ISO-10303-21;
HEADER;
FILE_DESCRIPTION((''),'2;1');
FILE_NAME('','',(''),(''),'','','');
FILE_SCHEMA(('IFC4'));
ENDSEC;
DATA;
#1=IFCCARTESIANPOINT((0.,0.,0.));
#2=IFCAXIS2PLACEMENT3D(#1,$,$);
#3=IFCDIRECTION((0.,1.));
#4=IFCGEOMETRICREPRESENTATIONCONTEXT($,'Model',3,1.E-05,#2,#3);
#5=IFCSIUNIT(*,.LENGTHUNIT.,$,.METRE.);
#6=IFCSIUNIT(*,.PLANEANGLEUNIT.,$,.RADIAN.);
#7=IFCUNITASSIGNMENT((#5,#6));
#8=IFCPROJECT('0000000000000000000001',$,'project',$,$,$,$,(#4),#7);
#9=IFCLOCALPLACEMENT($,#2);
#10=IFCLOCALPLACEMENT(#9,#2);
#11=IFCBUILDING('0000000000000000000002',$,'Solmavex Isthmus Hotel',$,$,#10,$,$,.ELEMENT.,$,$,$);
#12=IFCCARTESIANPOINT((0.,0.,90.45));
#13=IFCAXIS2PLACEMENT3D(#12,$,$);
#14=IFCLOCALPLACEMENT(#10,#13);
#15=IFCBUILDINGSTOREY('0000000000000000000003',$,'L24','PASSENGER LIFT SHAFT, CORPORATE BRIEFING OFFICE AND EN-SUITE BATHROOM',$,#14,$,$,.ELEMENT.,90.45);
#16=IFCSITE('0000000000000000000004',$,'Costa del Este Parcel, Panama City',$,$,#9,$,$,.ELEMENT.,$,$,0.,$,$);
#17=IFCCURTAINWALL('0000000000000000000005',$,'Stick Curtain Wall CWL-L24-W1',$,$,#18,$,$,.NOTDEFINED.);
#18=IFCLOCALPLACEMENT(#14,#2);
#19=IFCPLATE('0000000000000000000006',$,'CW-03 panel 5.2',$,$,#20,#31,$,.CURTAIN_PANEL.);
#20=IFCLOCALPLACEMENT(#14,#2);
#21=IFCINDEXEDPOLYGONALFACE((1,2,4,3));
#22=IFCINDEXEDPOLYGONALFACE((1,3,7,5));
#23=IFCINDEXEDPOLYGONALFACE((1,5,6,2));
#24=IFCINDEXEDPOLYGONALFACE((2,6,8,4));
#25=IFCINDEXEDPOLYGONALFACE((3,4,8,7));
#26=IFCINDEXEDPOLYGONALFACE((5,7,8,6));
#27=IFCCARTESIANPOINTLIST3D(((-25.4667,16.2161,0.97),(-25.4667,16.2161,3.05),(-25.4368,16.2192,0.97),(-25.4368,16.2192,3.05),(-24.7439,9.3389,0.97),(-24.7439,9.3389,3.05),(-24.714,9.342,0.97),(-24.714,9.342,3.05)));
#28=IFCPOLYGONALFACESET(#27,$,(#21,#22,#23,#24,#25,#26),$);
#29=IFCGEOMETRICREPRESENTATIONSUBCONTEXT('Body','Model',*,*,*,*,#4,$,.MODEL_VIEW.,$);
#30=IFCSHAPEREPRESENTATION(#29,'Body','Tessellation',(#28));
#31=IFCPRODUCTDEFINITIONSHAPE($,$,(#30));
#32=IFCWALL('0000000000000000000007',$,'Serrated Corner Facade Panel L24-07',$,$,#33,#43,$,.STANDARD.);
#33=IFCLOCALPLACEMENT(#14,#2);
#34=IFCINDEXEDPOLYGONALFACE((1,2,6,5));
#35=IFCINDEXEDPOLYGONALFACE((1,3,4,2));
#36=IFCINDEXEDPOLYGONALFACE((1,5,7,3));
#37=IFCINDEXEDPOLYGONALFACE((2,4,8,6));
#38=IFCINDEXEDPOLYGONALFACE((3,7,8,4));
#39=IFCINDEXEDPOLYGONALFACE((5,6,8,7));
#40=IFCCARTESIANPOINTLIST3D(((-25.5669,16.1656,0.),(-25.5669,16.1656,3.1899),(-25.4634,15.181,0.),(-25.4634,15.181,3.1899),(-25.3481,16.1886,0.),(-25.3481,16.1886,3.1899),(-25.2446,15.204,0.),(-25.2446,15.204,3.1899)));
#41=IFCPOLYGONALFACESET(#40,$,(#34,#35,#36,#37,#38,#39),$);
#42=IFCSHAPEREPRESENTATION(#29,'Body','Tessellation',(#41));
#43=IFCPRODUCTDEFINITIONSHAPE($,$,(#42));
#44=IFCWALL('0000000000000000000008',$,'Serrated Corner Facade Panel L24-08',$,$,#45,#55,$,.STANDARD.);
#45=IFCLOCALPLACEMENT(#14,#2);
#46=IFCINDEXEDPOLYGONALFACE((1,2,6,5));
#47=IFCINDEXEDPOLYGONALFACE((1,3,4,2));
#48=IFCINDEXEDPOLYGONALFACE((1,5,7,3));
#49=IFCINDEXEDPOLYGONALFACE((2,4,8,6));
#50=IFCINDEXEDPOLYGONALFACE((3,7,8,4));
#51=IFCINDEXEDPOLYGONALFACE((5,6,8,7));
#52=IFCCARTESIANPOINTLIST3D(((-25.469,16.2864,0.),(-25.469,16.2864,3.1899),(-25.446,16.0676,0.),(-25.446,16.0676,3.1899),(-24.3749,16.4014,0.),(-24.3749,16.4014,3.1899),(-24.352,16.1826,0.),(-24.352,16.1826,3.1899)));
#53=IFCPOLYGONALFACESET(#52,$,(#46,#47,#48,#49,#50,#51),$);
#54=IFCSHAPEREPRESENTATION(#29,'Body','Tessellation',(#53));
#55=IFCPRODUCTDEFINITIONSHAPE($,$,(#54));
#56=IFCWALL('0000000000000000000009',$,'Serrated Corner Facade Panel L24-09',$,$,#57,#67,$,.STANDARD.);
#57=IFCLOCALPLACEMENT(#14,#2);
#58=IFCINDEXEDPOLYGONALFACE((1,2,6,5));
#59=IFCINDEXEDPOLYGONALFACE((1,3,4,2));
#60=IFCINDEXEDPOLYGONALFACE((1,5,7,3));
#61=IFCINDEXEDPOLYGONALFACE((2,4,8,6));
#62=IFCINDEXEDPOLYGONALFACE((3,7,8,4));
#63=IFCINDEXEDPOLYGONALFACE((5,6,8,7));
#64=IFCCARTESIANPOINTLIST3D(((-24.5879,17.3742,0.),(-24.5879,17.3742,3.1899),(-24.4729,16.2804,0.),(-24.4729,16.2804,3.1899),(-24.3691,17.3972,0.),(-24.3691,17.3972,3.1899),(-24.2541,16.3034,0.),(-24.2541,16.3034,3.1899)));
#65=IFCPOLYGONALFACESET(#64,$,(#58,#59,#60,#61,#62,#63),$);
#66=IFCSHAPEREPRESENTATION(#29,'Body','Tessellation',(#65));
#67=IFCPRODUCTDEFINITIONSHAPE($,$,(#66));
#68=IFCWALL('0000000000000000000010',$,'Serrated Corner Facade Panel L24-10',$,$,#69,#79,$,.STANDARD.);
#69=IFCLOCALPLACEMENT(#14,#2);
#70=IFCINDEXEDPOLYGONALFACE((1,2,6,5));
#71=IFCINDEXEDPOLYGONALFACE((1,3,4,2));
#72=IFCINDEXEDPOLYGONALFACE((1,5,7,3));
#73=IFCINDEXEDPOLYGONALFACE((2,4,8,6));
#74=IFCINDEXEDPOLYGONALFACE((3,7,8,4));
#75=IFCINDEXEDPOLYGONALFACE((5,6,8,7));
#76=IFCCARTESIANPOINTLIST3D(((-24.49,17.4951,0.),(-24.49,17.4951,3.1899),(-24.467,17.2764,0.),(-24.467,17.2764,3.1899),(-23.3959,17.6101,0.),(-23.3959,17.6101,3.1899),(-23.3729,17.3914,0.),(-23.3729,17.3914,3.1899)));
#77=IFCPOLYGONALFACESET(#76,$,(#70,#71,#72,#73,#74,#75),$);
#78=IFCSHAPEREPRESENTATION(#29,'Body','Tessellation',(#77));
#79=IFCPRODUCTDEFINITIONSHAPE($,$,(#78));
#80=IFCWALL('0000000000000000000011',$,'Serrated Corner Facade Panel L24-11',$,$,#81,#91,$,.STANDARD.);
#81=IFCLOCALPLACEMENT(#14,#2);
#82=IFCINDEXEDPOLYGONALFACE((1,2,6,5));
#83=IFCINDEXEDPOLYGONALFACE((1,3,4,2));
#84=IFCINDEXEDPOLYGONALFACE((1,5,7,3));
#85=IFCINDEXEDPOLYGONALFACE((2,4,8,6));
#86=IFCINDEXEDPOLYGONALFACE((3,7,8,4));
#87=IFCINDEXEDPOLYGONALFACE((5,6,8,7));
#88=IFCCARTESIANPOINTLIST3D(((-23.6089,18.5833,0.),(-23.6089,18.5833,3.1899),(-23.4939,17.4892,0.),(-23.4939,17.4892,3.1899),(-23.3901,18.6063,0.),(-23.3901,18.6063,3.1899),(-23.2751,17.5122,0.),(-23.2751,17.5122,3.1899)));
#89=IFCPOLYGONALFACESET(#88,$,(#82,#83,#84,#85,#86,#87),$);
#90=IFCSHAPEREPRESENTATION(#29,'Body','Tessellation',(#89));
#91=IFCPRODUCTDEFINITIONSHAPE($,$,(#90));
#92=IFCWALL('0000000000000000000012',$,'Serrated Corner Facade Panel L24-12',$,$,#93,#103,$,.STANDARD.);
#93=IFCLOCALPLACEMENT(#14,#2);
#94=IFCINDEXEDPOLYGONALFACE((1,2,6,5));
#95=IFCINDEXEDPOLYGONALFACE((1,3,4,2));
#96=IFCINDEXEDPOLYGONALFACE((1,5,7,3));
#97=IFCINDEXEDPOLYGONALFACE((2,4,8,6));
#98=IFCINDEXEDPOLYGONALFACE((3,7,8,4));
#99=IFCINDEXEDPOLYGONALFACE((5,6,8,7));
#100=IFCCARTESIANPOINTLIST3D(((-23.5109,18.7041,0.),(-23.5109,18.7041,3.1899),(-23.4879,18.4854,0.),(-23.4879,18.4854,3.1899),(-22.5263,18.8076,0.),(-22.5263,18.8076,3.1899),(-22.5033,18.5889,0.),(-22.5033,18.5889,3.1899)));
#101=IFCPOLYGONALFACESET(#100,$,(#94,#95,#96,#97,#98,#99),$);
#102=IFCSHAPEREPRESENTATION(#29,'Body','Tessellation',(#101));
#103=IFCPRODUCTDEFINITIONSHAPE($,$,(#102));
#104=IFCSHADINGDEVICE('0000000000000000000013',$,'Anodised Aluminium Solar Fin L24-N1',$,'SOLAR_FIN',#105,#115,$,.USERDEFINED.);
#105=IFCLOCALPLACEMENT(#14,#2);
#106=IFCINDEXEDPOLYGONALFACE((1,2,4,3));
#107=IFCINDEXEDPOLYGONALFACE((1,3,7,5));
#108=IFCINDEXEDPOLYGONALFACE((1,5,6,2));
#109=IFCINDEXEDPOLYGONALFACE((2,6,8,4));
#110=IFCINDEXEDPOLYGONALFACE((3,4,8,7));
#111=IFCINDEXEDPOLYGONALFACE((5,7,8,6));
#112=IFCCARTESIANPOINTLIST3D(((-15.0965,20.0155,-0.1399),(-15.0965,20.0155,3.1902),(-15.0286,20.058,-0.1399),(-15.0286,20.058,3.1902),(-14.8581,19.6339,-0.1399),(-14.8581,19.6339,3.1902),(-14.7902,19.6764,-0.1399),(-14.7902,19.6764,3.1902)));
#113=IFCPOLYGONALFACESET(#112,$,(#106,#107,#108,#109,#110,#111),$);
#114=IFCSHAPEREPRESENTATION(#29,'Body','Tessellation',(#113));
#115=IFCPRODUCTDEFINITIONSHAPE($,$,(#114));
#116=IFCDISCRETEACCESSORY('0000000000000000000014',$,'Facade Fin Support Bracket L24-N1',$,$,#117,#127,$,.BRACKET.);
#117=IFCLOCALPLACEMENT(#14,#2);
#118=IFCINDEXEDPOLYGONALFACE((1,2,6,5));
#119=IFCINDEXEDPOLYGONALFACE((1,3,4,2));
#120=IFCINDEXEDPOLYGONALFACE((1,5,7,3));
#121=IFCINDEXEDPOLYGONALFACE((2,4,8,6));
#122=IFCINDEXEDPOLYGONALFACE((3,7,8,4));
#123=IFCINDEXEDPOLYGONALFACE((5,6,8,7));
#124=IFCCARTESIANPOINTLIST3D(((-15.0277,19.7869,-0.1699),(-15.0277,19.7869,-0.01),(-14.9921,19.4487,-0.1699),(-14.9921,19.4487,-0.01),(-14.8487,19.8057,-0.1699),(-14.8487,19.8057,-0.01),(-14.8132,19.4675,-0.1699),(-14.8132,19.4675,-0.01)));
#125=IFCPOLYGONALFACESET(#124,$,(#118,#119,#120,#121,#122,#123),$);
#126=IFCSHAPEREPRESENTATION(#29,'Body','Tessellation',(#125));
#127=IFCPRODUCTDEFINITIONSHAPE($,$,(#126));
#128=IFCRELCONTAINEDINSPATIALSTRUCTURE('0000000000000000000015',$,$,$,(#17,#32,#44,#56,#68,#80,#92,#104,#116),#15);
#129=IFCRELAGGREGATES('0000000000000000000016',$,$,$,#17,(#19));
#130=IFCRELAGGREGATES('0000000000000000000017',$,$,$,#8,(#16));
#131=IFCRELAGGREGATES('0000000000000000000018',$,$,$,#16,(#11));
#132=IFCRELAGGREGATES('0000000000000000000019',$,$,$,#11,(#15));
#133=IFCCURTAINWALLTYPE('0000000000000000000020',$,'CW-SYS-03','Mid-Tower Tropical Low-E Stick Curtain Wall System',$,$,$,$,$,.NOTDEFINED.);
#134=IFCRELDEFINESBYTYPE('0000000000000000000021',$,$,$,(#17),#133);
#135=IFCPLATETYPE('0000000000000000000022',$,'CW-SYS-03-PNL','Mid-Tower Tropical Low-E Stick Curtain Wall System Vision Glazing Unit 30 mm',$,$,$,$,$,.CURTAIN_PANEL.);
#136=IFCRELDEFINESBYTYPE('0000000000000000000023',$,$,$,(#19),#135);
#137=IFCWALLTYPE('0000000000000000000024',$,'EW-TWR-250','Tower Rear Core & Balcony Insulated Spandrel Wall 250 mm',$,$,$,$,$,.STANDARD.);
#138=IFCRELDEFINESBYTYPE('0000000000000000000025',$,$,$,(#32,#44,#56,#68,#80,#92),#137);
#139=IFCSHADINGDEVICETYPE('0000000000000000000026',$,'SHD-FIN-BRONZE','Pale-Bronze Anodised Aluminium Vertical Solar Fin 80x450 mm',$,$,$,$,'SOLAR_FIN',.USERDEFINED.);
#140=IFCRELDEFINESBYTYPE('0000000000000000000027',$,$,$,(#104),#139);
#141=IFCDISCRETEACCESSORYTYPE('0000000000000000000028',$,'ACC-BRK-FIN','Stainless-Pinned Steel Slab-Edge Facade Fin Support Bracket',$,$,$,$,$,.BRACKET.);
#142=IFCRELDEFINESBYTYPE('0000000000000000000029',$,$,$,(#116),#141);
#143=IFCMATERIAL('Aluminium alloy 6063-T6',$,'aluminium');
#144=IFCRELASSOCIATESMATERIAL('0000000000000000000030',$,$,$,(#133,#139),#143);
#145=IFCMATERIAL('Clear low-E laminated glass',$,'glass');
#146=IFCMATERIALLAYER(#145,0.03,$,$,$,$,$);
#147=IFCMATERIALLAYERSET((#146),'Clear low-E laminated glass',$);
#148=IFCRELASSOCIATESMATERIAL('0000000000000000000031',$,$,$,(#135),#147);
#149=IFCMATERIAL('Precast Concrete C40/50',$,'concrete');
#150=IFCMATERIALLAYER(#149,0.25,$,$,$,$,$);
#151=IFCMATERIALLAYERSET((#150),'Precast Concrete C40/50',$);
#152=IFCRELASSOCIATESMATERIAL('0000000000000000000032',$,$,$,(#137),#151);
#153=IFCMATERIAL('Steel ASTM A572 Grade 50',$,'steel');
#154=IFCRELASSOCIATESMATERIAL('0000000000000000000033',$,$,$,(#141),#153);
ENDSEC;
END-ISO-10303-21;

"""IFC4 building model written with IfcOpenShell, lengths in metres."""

from ifc_helpers import new_model, si_unit, direction, frame, frame_2d, origin, origin_2d, place, context, subcontext, project, spatial, rectangle, extrude, material, layer, layer_set, type_object, element, aggregate, save


model = new_model("IFC4")

# Units and contexts
model_context = context("Model", 3, precision=1e-05, world=origin(), true_north=direction((0.0, 1.0)))
body_context = subcontext(model_context, "Body", "Model", "MODEL_VIEW")
ifc_project = project(units=[si_unit("LENGTHUNIT", "METRE"), si_unit("PLANEANGLEUNIT", "RADIAN")], contexts=[model_context])

# Site, building, storey
site_placement = place(None, origin())
site = spatial("IfcSite", under=ifc_project, at=site_placement, Name="Costa del Este Parcel, Panama City", CompositionType="ELEMENT", RefElevation=0.0)
building_placement = place(site_placement, origin())
building = spatial("IfcBuilding", under=site, at=building_placement, Name="Solmavex Isthmus Hotel", CompositionType="ELEMENT")
storey_placement = place(building_placement, frame((0.0, 0.0, 90.45)))
storey = spatial("IfcBuildingStorey", under=building, at=storey_placement, Name="L24", Description="PASSENGER LIFT SHAFT, CORPORATE BRIEFING OFFICE AND EN-SUITE BATHROOM", CompositionType="ELEMENT", Elevation=90.45)

# Shared definitions
ifc_material_1 = material(Name="Aluminium alloy 6063-T6", Category="aluminium")
curtain_wall_type = type_object("IfcCurtainWallType", Name="CW-SYS-03", Description="Mid-Tower Tropical Low-E Stick Curtain Wall System", PredefinedType="NOTDEFINED", material=ifc_material_1)

# Curtain wall
curtain_wall_1_placement = place(storey_placement, origin())
curtain_wall_1 = element("IfcCurtainWall", 1, at=curtain_wall_1_placement, inside=storey, type_object=curtain_wall_type, Name="Stick Curtain Wall CWL-L24-W1", PredefinedType="NOTDEFINED")

# Plate
ifc_material_2 = material(Name="Clear low-E laminated glass", Category="glass")
ifc_layer_1 = layer(ifc_material_2, 0.03)
ifc_layer_set_1 = layer_set([ifc_layer_1], Name="Clear low-E laminated glass")
plate_type = type_object("IfcPlateType", Name="CW-SYS-03-PNL", Description="Mid-Tower Tropical Low-E Stick Curtain Wall System Vision Glazing Unit 30 mm", PredefinedType="CURTAIN_PANEL", material=ifc_layer_set_1)
plate_1_placement = place(storey_placement, frame((-25.0903, 12.7791, 0.97), z_axis=(0.0, 0.0, 1.0), x_axis=(-0.104528, 0.994522, 0.0)))
plate_1 = element("IfcPlate", 2, at=plate_1_placement, type_object=plate_type, Name="CW-03 panel 5.2", PredefinedType="CURTAIN_PANEL", context=body_context, shape_type="SweptSolid", body=[
    extrude(rectangle(XDim=6.915, YDim=0.03, at=origin_2d()), origin(), (0.0, 0.0, 1.0), 2.0801),
])
aggregate(curtain_wall_1, [plate_1])

# Walls
ifc_material_3 = material(Name="Precast Concrete C40/50", Category="concrete")
ifc_layer_2 = layer(ifc_material_3, 0.25)
ifc_layer_set_2 = layer_set([ifc_layer_2], Name="Precast Concrete C40/50")
wall_type = type_object("IfcWallType", Name="EW-TWR-250", Description="Tower Rear Core & Balcony Insulated Spandrel Wall 250 mm", PredefinedType="STANDARD", material=ifc_layer_set_2)
wall_1_placement = place(storey_placement, frame((-25.354, 15.1924, 0.0), z_axis=(0.0, 0.0, 1.0), x_axis=(-0.104556, 0.994519, 0.0)))
element("IfcWall", 3, at=wall_1_placement, inside=storey, type_object=wall_type, Name="Serrated Corner Facade Panel L24-07", PredefinedType="STANDARD", context=body_context, shape_type="SweptSolid", body=[
    extrude(rectangle(XDim=0.99, YDim=0.22, at=frame_2d((0.4951, 0.0))), origin(), (0.0, 0.0, 1.0), 3.1899),
])
wall_2_placement = place(storey_placement, frame((-25.4575, 16.177, 0.0), z_axis=(0.0, 0.0, 1.0), x_axis=(0.994521, 0.104535, 0.0)))
element("IfcWall", 4, at=wall_2_placement, inside=storey, type_object=wall_type, Name="Serrated Corner Facade Panel L24-08", PredefinedType="STANDARD", context=body_context, shape_type="SweptSolid", body=[
    extrude(rectangle(XDim=1.1001, YDim=0.22, at=frame_2d((0.55, 0.0))), origin(), (0.0, 0.0, 1.0), 3.1899),
])
wall_3_placement = place(storey_placement, frame((-24.3635, 16.292, 0.0), z_axis=(0.0, 0.0, 1.0), x_axis=(-0.104558, 0.994519, 0.0)))
element("IfcWall", 5, at=wall_3_placement, inside=storey, type_object=wall_type, Name="Serrated Corner Facade Panel L24-09", PredefinedType="STANDARD", context=body_context, shape_type="SweptSolid", body=[
    extrude(rectangle(XDim=1.0999, YDim=0.22, at=frame_2d((0.5498, 0.0))), origin(), (0.0, 0.0, 1.0), 3.1899),
])
for number, where, z_axis, x_axis, name in (
    (6, (-24.4785, 17.3857, 0.0), (0.0, 0.0, 1.0), (0.994521, 0.104535, 0.0), "Serrated Corner Facade Panel L24-10"),
    (7, (-23.3845, 17.5007, 0.0), (0.0, 0.0, 1.0), (-0.104535, 0.994521, 0.0), "Serrated Corner Facade Panel L24-11"),
):
    element("IfcWall", number, at=place(storey_placement, frame(where, z_axis=z_axis, x_axis=x_axis)), inside=storey, type_object=wall_type, Name=name, PredefinedType="STANDARD", context=body_context, shape_type="SweptSolid", body=[
        extrude(rectangle(XDim=1.1001, YDim=0.22, at=frame_2d((0.55, 0.0))), origin(), (0.0, 0.0, 1.0), 3.1899),
    ])
wall_4_placement = place(storey_placement, frame((-23.4995, 18.5947, 0.0), z_axis=(0.0, 0.0, 1.0), x_axis=(0.994519, 0.104556, 0.0)))
element("IfcWall", 8, at=wall_4_placement, inside=storey, type_object=wall_type, Name="Serrated Corner Facade Panel L24-12", PredefinedType="STANDARD", context=body_context, shape_type="SweptSolid", body=[
    extrude(rectangle(XDim=0.99, YDim=0.22, at=frame_2d((0.4951, 0.0))), origin(), (0.0, 0.0, 1.0), 3.1899),
])

# Shading device
shading_device_type = type_object("IfcShadingDeviceType", Name="SHD-FIN-BRONZE", Description="Pale-Bronze Anodised Aluminium Vertical Solar Fin 80x450 mm", ElementType="SOLAR_FIN", PredefinedType="USERDEFINED", material=ifc_material_1)
shading_device_placement = place(storey_placement, frame((-14.9434, 19.8459, -0.1399), z_axis=(0.0, 0.0, 1.0), x_axis=(-0.529919, 0.848048, 0.0)))
element("IfcShadingDevice", 9, at=shading_device_placement, inside=storey, type_object=shading_device_type, Name="Anodised Aluminium Solar Fin L24-N1", ObjectType="SOLAR_FIN", PredefinedType="USERDEFINED", context=body_context, shape_type="SweptSolid", body=[
    extrude(rectangle(XDim=0.45, YDim=0.0801, at=origin_2d()), origin(), (0.0, 0.0, 1.0), 3.3301),
])

# Discrete accessory
ifc_material_4 = material(Name="Steel ASTM A572 Grade 50", Category="steel")
discrete_accessory_type = type_object("IfcDiscreteAccessoryType", Name="ACC-BRK-FIN", Description="Stainless-Pinned Steel Slab-Edge Facade Fin Support Bracket", PredefinedType="BRACKET", material=ifc_material_4)
discrete_accessory_placement = place(storey_placement, frame((-14.9204, 19.6272, -0.1699), z_axis=(0.0, 0.0, 1.0), x_axis=(-0.104528, 0.994522, 0.0)))
element("IfcDiscreteAccessory", 10, at=discrete_accessory_placement, inside=storey, type_object=discrete_accessory_type, Name="Facade Fin Support Bracket L24-N1", PredefinedType="BRACKET", context=body_context, shape_type="SweptSolid", body=[
    extrude(rectangle(XDim=0.3401, YDim=0.1799, at=origin_2d()), origin(), (0.0, 0.0, 1.0), 0.1599),
])

save(model, "model.ifc")
